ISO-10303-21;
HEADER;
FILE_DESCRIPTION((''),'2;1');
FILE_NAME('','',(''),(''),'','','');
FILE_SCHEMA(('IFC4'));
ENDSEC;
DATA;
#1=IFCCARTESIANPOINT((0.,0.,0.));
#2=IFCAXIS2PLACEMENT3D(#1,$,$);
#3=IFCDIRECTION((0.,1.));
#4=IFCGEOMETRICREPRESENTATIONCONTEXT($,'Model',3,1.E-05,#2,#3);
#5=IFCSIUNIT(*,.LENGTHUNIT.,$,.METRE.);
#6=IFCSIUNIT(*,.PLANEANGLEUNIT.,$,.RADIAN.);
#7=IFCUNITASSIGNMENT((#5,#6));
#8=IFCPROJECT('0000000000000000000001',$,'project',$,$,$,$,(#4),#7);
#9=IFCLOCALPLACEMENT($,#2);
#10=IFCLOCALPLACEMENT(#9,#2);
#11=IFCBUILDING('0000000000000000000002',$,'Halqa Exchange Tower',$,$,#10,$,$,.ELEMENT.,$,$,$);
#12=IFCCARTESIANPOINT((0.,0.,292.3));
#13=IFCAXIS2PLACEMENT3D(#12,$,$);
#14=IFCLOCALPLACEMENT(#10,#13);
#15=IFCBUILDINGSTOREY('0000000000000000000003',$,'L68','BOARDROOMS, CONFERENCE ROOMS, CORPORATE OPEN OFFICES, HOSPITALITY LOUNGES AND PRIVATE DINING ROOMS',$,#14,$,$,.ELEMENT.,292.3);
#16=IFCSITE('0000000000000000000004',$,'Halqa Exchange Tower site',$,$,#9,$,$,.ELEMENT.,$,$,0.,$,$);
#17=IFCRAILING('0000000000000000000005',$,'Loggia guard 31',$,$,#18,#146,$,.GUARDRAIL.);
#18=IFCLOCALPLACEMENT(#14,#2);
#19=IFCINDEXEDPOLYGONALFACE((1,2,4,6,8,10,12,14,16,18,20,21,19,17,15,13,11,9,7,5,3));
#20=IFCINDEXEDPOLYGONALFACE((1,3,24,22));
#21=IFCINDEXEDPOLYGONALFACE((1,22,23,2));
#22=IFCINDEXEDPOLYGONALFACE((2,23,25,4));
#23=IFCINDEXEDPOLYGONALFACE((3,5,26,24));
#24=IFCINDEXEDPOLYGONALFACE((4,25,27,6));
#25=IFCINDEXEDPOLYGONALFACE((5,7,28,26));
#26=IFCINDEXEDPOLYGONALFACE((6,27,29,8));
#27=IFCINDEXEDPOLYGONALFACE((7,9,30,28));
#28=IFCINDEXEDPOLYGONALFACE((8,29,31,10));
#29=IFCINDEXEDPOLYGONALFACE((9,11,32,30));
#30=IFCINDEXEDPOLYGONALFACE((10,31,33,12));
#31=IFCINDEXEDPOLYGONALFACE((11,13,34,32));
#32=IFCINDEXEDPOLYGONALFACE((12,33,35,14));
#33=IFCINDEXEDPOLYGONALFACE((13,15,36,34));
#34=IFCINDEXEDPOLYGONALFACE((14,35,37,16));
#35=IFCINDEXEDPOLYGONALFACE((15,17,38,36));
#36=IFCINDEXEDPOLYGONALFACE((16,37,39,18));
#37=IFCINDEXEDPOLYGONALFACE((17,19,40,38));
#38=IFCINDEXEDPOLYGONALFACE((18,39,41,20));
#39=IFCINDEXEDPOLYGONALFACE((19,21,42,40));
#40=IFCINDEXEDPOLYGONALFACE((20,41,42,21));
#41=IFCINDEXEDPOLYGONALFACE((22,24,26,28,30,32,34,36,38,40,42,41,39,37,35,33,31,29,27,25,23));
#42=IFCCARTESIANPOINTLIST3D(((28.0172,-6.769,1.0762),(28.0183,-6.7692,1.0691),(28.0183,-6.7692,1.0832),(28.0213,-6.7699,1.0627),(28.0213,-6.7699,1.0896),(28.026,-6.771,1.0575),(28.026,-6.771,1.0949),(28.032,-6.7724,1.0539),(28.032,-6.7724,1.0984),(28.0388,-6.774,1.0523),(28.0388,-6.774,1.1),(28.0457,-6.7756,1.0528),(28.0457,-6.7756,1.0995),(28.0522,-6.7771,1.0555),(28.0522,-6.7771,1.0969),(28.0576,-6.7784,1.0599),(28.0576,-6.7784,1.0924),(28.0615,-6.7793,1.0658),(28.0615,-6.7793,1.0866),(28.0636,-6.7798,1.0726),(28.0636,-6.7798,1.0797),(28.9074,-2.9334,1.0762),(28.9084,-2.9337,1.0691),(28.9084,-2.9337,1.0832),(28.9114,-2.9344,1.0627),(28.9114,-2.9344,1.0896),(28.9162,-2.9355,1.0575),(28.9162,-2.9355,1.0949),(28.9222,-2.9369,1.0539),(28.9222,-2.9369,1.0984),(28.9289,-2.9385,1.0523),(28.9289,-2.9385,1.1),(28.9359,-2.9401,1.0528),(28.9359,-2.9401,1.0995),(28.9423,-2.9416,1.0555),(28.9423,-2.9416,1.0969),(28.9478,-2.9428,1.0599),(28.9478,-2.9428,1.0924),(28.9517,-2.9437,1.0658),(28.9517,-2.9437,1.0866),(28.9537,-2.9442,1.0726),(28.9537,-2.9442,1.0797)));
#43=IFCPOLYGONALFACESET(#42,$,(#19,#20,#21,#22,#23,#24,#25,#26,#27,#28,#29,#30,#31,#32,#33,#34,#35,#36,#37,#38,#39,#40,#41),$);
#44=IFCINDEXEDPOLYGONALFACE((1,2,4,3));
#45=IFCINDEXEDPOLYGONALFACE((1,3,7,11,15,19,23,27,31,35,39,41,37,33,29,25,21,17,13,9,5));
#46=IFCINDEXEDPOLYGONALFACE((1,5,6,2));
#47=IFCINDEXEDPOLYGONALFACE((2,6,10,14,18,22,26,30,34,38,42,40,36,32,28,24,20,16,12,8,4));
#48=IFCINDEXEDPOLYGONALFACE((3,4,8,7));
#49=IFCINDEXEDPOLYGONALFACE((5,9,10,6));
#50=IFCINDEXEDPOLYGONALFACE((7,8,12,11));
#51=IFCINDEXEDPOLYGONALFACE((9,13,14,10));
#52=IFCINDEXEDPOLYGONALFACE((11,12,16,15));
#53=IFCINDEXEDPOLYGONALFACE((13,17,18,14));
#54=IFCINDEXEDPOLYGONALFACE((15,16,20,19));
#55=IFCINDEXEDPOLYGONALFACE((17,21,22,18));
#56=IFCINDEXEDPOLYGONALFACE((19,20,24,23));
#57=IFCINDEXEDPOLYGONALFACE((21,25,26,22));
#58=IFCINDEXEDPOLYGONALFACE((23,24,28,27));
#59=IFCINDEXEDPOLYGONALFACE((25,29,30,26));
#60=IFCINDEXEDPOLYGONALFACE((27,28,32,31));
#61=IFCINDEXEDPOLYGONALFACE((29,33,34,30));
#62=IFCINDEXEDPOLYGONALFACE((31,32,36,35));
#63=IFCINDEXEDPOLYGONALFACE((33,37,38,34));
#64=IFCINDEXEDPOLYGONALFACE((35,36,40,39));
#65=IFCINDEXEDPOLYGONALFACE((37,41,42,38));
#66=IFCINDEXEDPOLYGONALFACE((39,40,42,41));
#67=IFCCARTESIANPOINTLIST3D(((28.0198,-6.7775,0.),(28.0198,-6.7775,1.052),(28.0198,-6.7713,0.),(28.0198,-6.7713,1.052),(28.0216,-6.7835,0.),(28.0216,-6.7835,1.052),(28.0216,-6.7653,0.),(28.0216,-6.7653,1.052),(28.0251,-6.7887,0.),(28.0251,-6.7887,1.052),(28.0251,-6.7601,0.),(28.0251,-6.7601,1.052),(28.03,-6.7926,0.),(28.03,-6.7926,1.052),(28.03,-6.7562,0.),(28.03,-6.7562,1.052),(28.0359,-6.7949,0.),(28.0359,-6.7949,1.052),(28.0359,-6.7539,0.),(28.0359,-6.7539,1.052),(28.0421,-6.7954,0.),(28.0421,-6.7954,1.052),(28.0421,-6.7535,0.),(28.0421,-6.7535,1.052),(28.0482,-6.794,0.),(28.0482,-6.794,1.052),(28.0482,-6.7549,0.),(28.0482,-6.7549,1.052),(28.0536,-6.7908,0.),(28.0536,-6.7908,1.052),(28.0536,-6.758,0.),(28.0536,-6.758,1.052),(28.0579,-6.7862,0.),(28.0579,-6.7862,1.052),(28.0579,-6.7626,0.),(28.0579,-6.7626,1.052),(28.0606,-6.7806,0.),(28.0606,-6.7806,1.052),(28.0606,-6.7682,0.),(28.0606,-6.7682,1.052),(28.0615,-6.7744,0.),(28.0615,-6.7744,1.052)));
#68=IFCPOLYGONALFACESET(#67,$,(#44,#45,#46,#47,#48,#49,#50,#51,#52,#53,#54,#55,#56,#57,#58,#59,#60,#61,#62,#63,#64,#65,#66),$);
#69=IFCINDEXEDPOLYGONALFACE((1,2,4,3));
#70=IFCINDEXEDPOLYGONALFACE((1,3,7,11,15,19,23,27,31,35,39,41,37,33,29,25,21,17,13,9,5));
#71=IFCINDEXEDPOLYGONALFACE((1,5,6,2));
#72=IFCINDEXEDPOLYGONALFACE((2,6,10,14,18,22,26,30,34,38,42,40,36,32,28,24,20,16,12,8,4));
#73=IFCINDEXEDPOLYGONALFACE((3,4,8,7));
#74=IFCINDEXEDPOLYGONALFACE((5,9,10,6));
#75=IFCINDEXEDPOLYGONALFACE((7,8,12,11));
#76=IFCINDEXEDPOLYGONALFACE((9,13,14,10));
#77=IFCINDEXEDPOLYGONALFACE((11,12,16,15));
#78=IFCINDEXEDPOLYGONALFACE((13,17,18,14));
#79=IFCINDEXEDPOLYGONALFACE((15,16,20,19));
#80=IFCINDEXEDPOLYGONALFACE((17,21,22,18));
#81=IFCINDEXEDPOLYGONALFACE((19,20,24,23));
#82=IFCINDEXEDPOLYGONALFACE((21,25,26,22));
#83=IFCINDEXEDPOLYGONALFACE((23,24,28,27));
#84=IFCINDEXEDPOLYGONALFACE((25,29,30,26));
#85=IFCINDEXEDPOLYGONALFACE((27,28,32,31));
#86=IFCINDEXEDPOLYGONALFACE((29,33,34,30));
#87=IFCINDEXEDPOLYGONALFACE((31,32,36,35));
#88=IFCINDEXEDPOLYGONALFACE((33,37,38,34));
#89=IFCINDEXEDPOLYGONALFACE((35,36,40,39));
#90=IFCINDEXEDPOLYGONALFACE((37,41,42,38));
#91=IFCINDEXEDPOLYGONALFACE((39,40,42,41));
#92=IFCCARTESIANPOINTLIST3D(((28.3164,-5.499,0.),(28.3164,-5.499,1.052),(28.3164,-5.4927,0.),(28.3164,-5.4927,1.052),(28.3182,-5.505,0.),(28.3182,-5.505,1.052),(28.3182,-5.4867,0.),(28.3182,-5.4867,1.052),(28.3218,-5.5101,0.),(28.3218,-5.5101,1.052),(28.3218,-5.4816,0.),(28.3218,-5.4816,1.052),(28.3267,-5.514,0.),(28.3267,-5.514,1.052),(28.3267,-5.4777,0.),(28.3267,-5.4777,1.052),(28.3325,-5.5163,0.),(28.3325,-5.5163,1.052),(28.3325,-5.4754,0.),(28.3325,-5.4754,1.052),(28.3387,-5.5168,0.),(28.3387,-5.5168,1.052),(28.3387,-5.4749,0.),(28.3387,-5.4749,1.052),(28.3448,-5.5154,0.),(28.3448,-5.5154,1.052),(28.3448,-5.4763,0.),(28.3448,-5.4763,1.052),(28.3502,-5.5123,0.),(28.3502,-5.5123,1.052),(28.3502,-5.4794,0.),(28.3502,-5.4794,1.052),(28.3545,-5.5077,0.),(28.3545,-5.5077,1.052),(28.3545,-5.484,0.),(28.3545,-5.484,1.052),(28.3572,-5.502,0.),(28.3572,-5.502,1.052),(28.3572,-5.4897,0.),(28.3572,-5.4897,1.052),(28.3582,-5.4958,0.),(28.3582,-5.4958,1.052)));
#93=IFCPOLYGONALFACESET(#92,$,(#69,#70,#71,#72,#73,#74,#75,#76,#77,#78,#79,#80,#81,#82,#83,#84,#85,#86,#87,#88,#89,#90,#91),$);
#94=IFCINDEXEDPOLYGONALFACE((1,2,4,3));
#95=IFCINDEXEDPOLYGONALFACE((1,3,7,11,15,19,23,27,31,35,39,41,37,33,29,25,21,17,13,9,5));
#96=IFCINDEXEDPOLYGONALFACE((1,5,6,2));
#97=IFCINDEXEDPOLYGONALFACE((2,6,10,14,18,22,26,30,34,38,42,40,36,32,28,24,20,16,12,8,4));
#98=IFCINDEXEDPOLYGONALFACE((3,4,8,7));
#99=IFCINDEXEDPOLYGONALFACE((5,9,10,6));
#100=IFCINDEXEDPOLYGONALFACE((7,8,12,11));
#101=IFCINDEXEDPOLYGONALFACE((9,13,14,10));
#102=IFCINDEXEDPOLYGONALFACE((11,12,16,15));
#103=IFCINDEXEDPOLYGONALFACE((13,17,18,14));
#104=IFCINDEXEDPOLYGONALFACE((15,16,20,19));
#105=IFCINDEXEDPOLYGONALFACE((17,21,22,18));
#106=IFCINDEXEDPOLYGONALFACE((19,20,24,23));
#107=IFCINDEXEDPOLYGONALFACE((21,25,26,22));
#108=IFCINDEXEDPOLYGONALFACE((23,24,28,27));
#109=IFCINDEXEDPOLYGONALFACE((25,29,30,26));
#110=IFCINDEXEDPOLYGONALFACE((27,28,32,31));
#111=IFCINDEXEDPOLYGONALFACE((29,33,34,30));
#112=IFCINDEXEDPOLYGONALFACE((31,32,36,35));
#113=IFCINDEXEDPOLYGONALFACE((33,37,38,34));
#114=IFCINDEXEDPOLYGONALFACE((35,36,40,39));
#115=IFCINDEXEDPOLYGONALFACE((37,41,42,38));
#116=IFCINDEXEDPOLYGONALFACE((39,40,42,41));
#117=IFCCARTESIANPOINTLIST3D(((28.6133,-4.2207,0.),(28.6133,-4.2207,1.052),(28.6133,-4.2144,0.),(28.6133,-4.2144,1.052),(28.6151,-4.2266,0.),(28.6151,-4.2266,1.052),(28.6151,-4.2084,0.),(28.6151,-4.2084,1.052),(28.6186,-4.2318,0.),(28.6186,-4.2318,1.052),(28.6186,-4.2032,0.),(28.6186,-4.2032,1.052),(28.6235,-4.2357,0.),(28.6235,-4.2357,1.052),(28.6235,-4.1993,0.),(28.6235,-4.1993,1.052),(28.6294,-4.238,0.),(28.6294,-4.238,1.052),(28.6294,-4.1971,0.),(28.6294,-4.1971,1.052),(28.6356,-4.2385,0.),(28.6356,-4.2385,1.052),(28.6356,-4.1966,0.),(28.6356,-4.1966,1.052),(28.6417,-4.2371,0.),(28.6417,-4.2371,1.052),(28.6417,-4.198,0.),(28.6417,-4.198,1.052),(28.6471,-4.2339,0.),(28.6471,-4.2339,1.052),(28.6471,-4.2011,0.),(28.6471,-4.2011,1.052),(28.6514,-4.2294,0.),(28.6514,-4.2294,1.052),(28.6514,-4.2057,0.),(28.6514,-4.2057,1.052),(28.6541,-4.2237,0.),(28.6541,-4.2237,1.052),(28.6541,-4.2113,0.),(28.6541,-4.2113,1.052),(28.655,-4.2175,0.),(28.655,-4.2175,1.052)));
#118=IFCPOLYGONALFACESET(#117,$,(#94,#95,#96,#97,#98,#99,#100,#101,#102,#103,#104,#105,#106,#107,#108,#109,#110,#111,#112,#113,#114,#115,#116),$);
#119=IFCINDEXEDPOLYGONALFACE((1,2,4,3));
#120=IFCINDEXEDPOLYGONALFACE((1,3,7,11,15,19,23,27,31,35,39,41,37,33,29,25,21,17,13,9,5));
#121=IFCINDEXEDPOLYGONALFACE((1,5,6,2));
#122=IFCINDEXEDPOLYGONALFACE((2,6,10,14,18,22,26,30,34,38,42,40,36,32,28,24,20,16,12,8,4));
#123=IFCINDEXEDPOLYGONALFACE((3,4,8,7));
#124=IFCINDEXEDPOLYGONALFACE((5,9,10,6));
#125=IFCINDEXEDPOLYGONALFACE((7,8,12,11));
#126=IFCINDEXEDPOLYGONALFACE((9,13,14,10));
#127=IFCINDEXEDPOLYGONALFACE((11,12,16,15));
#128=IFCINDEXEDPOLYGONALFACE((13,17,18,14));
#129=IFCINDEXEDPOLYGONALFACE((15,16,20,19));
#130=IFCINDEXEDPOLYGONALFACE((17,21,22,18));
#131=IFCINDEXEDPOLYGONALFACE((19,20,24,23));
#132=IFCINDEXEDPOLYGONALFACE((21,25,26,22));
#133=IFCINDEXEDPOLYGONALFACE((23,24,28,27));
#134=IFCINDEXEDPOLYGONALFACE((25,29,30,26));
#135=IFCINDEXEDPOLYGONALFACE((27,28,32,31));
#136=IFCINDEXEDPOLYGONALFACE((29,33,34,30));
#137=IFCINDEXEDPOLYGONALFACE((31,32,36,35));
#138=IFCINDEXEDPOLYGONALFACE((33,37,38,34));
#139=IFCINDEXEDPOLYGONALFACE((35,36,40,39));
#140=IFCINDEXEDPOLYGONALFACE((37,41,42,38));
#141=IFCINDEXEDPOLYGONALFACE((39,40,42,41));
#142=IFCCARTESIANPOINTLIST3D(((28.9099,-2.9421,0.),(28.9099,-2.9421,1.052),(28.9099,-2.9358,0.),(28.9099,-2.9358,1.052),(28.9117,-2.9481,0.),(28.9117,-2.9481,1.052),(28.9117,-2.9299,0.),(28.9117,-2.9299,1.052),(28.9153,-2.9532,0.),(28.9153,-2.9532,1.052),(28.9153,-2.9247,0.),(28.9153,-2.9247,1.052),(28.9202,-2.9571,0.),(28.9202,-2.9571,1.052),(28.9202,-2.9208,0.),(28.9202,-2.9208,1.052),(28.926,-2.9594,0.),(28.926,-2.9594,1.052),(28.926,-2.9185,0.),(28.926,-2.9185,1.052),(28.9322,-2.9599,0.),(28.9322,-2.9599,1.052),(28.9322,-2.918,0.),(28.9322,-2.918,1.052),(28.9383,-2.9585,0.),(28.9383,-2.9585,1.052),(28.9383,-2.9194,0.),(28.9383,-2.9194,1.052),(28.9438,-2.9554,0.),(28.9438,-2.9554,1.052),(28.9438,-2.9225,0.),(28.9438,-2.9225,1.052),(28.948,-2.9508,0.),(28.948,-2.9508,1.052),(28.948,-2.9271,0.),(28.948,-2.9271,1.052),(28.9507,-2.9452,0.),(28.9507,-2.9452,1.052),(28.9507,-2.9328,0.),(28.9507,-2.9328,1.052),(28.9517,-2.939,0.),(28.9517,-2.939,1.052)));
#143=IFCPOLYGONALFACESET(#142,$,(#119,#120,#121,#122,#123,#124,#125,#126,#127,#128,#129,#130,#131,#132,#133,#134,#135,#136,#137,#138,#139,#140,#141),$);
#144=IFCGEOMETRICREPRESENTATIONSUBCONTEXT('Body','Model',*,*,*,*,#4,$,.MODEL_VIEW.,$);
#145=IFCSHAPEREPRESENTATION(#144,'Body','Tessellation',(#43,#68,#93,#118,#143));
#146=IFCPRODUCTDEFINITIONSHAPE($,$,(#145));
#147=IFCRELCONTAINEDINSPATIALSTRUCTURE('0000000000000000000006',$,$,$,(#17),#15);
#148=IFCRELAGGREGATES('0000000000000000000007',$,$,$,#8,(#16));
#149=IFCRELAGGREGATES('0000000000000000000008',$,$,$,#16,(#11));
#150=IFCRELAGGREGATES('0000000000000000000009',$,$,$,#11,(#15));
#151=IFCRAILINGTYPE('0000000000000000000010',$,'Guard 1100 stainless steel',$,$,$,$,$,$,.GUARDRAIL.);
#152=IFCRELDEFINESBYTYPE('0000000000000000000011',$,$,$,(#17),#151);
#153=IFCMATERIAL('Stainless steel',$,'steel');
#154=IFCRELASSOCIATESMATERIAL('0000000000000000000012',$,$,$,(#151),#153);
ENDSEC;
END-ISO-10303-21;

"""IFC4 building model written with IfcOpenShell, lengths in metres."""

from ifc_helpers import new_model, si_unit, direction, frame, origin, origin_2d, place, context, subcontext, project, spatial, circle, extrude, material, type_object, element, save


model = new_model("IFC4")

# Units and contexts
model_context = context("Model", 3, precision=1e-05, world=origin(), true_north=direction((0.0, 1.0)))
body_context = subcontext(model_context, "Body", "Model", "MODEL_VIEW")
ifc_project = project(units=[si_unit("LENGTHUNIT", "METRE"), si_unit("PLANEANGLEUNIT", "RADIAN")], contexts=[model_context])

# Site, building, storey
site_placement = place(None, origin())
site = spatial("IfcSite", under=ifc_project, at=site_placement, Name="Halqa Exchange Tower site", CompositionType="ELEMENT", RefElevation=0.0)
building_placement = place(site_placement, origin())
building = spatial("IfcBuilding", under=site, at=building_placement, Name="Halqa Exchange Tower", CompositionType="ELEMENT")
storey_placement = place(building_placement, frame((0.0, 0.0, 292.3)))
storey = spatial("IfcBuildingStorey", under=building, at=storey_placement, Name="L68", Description="BOARDROOMS, CONFERENCE ROOMS, CORPORATE OPEN OFFICES, HOSPITALITY LOUNGES AND PRIVATE DINING ROOMS", CompositionType="ELEMENT", Elevation=292.3)

# Railing
ifc_material_1 = material(Name="Stainless steel", Category="steel")
railing_type = type_object("IfcRailingType", Name="Guard 1100 stainless steel", PredefinedType="GUARDRAIL", material=ifc_material_1)
railing_1_placement = place(storey_placement, frame((28.0405, -6.7744, 0.0)))
element("IfcRailing", 1, at=railing_1_placement, inside=storey, type_object=railing_type, Name="Loggia guard 31", PredefinedType="GUARDRAIL", context=body_context, shape_type="SweptSolid", body=[
    extrude(circle(Radius=0.0239, at=origin_2d()), frame((0.0, 0.0, 1.0762), z_axis=(0.226073, 0.97411, 0.0), x_axis=(-0.97411, 0.226073, 0.0)), (0.0, 0.0, 1.0), 3.9375),
    extrude(circle(Radius=0.021, at=origin_2d()), origin(), (0.0, 0.0, 1.0), 1.052),
    extrude(circle(Radius=0.021, at=origin_2d()), frame((0.2966, 1.2786, 0.0)), (0.0, 0.0, 1.0), 1.052),
    extrude(circle(Radius=0.021, at=origin_2d()), frame((0.5935, 2.5569, 0.0)), (0.0, 0.0, 1.0), 1.052),
    extrude(circle(Radius=0.021, at=origin_2d()), frame((0.8901, 3.8354, 0.0)), (0.0, 0.0, 1.0), 1.052),
])

save(model, "model.ifc")
